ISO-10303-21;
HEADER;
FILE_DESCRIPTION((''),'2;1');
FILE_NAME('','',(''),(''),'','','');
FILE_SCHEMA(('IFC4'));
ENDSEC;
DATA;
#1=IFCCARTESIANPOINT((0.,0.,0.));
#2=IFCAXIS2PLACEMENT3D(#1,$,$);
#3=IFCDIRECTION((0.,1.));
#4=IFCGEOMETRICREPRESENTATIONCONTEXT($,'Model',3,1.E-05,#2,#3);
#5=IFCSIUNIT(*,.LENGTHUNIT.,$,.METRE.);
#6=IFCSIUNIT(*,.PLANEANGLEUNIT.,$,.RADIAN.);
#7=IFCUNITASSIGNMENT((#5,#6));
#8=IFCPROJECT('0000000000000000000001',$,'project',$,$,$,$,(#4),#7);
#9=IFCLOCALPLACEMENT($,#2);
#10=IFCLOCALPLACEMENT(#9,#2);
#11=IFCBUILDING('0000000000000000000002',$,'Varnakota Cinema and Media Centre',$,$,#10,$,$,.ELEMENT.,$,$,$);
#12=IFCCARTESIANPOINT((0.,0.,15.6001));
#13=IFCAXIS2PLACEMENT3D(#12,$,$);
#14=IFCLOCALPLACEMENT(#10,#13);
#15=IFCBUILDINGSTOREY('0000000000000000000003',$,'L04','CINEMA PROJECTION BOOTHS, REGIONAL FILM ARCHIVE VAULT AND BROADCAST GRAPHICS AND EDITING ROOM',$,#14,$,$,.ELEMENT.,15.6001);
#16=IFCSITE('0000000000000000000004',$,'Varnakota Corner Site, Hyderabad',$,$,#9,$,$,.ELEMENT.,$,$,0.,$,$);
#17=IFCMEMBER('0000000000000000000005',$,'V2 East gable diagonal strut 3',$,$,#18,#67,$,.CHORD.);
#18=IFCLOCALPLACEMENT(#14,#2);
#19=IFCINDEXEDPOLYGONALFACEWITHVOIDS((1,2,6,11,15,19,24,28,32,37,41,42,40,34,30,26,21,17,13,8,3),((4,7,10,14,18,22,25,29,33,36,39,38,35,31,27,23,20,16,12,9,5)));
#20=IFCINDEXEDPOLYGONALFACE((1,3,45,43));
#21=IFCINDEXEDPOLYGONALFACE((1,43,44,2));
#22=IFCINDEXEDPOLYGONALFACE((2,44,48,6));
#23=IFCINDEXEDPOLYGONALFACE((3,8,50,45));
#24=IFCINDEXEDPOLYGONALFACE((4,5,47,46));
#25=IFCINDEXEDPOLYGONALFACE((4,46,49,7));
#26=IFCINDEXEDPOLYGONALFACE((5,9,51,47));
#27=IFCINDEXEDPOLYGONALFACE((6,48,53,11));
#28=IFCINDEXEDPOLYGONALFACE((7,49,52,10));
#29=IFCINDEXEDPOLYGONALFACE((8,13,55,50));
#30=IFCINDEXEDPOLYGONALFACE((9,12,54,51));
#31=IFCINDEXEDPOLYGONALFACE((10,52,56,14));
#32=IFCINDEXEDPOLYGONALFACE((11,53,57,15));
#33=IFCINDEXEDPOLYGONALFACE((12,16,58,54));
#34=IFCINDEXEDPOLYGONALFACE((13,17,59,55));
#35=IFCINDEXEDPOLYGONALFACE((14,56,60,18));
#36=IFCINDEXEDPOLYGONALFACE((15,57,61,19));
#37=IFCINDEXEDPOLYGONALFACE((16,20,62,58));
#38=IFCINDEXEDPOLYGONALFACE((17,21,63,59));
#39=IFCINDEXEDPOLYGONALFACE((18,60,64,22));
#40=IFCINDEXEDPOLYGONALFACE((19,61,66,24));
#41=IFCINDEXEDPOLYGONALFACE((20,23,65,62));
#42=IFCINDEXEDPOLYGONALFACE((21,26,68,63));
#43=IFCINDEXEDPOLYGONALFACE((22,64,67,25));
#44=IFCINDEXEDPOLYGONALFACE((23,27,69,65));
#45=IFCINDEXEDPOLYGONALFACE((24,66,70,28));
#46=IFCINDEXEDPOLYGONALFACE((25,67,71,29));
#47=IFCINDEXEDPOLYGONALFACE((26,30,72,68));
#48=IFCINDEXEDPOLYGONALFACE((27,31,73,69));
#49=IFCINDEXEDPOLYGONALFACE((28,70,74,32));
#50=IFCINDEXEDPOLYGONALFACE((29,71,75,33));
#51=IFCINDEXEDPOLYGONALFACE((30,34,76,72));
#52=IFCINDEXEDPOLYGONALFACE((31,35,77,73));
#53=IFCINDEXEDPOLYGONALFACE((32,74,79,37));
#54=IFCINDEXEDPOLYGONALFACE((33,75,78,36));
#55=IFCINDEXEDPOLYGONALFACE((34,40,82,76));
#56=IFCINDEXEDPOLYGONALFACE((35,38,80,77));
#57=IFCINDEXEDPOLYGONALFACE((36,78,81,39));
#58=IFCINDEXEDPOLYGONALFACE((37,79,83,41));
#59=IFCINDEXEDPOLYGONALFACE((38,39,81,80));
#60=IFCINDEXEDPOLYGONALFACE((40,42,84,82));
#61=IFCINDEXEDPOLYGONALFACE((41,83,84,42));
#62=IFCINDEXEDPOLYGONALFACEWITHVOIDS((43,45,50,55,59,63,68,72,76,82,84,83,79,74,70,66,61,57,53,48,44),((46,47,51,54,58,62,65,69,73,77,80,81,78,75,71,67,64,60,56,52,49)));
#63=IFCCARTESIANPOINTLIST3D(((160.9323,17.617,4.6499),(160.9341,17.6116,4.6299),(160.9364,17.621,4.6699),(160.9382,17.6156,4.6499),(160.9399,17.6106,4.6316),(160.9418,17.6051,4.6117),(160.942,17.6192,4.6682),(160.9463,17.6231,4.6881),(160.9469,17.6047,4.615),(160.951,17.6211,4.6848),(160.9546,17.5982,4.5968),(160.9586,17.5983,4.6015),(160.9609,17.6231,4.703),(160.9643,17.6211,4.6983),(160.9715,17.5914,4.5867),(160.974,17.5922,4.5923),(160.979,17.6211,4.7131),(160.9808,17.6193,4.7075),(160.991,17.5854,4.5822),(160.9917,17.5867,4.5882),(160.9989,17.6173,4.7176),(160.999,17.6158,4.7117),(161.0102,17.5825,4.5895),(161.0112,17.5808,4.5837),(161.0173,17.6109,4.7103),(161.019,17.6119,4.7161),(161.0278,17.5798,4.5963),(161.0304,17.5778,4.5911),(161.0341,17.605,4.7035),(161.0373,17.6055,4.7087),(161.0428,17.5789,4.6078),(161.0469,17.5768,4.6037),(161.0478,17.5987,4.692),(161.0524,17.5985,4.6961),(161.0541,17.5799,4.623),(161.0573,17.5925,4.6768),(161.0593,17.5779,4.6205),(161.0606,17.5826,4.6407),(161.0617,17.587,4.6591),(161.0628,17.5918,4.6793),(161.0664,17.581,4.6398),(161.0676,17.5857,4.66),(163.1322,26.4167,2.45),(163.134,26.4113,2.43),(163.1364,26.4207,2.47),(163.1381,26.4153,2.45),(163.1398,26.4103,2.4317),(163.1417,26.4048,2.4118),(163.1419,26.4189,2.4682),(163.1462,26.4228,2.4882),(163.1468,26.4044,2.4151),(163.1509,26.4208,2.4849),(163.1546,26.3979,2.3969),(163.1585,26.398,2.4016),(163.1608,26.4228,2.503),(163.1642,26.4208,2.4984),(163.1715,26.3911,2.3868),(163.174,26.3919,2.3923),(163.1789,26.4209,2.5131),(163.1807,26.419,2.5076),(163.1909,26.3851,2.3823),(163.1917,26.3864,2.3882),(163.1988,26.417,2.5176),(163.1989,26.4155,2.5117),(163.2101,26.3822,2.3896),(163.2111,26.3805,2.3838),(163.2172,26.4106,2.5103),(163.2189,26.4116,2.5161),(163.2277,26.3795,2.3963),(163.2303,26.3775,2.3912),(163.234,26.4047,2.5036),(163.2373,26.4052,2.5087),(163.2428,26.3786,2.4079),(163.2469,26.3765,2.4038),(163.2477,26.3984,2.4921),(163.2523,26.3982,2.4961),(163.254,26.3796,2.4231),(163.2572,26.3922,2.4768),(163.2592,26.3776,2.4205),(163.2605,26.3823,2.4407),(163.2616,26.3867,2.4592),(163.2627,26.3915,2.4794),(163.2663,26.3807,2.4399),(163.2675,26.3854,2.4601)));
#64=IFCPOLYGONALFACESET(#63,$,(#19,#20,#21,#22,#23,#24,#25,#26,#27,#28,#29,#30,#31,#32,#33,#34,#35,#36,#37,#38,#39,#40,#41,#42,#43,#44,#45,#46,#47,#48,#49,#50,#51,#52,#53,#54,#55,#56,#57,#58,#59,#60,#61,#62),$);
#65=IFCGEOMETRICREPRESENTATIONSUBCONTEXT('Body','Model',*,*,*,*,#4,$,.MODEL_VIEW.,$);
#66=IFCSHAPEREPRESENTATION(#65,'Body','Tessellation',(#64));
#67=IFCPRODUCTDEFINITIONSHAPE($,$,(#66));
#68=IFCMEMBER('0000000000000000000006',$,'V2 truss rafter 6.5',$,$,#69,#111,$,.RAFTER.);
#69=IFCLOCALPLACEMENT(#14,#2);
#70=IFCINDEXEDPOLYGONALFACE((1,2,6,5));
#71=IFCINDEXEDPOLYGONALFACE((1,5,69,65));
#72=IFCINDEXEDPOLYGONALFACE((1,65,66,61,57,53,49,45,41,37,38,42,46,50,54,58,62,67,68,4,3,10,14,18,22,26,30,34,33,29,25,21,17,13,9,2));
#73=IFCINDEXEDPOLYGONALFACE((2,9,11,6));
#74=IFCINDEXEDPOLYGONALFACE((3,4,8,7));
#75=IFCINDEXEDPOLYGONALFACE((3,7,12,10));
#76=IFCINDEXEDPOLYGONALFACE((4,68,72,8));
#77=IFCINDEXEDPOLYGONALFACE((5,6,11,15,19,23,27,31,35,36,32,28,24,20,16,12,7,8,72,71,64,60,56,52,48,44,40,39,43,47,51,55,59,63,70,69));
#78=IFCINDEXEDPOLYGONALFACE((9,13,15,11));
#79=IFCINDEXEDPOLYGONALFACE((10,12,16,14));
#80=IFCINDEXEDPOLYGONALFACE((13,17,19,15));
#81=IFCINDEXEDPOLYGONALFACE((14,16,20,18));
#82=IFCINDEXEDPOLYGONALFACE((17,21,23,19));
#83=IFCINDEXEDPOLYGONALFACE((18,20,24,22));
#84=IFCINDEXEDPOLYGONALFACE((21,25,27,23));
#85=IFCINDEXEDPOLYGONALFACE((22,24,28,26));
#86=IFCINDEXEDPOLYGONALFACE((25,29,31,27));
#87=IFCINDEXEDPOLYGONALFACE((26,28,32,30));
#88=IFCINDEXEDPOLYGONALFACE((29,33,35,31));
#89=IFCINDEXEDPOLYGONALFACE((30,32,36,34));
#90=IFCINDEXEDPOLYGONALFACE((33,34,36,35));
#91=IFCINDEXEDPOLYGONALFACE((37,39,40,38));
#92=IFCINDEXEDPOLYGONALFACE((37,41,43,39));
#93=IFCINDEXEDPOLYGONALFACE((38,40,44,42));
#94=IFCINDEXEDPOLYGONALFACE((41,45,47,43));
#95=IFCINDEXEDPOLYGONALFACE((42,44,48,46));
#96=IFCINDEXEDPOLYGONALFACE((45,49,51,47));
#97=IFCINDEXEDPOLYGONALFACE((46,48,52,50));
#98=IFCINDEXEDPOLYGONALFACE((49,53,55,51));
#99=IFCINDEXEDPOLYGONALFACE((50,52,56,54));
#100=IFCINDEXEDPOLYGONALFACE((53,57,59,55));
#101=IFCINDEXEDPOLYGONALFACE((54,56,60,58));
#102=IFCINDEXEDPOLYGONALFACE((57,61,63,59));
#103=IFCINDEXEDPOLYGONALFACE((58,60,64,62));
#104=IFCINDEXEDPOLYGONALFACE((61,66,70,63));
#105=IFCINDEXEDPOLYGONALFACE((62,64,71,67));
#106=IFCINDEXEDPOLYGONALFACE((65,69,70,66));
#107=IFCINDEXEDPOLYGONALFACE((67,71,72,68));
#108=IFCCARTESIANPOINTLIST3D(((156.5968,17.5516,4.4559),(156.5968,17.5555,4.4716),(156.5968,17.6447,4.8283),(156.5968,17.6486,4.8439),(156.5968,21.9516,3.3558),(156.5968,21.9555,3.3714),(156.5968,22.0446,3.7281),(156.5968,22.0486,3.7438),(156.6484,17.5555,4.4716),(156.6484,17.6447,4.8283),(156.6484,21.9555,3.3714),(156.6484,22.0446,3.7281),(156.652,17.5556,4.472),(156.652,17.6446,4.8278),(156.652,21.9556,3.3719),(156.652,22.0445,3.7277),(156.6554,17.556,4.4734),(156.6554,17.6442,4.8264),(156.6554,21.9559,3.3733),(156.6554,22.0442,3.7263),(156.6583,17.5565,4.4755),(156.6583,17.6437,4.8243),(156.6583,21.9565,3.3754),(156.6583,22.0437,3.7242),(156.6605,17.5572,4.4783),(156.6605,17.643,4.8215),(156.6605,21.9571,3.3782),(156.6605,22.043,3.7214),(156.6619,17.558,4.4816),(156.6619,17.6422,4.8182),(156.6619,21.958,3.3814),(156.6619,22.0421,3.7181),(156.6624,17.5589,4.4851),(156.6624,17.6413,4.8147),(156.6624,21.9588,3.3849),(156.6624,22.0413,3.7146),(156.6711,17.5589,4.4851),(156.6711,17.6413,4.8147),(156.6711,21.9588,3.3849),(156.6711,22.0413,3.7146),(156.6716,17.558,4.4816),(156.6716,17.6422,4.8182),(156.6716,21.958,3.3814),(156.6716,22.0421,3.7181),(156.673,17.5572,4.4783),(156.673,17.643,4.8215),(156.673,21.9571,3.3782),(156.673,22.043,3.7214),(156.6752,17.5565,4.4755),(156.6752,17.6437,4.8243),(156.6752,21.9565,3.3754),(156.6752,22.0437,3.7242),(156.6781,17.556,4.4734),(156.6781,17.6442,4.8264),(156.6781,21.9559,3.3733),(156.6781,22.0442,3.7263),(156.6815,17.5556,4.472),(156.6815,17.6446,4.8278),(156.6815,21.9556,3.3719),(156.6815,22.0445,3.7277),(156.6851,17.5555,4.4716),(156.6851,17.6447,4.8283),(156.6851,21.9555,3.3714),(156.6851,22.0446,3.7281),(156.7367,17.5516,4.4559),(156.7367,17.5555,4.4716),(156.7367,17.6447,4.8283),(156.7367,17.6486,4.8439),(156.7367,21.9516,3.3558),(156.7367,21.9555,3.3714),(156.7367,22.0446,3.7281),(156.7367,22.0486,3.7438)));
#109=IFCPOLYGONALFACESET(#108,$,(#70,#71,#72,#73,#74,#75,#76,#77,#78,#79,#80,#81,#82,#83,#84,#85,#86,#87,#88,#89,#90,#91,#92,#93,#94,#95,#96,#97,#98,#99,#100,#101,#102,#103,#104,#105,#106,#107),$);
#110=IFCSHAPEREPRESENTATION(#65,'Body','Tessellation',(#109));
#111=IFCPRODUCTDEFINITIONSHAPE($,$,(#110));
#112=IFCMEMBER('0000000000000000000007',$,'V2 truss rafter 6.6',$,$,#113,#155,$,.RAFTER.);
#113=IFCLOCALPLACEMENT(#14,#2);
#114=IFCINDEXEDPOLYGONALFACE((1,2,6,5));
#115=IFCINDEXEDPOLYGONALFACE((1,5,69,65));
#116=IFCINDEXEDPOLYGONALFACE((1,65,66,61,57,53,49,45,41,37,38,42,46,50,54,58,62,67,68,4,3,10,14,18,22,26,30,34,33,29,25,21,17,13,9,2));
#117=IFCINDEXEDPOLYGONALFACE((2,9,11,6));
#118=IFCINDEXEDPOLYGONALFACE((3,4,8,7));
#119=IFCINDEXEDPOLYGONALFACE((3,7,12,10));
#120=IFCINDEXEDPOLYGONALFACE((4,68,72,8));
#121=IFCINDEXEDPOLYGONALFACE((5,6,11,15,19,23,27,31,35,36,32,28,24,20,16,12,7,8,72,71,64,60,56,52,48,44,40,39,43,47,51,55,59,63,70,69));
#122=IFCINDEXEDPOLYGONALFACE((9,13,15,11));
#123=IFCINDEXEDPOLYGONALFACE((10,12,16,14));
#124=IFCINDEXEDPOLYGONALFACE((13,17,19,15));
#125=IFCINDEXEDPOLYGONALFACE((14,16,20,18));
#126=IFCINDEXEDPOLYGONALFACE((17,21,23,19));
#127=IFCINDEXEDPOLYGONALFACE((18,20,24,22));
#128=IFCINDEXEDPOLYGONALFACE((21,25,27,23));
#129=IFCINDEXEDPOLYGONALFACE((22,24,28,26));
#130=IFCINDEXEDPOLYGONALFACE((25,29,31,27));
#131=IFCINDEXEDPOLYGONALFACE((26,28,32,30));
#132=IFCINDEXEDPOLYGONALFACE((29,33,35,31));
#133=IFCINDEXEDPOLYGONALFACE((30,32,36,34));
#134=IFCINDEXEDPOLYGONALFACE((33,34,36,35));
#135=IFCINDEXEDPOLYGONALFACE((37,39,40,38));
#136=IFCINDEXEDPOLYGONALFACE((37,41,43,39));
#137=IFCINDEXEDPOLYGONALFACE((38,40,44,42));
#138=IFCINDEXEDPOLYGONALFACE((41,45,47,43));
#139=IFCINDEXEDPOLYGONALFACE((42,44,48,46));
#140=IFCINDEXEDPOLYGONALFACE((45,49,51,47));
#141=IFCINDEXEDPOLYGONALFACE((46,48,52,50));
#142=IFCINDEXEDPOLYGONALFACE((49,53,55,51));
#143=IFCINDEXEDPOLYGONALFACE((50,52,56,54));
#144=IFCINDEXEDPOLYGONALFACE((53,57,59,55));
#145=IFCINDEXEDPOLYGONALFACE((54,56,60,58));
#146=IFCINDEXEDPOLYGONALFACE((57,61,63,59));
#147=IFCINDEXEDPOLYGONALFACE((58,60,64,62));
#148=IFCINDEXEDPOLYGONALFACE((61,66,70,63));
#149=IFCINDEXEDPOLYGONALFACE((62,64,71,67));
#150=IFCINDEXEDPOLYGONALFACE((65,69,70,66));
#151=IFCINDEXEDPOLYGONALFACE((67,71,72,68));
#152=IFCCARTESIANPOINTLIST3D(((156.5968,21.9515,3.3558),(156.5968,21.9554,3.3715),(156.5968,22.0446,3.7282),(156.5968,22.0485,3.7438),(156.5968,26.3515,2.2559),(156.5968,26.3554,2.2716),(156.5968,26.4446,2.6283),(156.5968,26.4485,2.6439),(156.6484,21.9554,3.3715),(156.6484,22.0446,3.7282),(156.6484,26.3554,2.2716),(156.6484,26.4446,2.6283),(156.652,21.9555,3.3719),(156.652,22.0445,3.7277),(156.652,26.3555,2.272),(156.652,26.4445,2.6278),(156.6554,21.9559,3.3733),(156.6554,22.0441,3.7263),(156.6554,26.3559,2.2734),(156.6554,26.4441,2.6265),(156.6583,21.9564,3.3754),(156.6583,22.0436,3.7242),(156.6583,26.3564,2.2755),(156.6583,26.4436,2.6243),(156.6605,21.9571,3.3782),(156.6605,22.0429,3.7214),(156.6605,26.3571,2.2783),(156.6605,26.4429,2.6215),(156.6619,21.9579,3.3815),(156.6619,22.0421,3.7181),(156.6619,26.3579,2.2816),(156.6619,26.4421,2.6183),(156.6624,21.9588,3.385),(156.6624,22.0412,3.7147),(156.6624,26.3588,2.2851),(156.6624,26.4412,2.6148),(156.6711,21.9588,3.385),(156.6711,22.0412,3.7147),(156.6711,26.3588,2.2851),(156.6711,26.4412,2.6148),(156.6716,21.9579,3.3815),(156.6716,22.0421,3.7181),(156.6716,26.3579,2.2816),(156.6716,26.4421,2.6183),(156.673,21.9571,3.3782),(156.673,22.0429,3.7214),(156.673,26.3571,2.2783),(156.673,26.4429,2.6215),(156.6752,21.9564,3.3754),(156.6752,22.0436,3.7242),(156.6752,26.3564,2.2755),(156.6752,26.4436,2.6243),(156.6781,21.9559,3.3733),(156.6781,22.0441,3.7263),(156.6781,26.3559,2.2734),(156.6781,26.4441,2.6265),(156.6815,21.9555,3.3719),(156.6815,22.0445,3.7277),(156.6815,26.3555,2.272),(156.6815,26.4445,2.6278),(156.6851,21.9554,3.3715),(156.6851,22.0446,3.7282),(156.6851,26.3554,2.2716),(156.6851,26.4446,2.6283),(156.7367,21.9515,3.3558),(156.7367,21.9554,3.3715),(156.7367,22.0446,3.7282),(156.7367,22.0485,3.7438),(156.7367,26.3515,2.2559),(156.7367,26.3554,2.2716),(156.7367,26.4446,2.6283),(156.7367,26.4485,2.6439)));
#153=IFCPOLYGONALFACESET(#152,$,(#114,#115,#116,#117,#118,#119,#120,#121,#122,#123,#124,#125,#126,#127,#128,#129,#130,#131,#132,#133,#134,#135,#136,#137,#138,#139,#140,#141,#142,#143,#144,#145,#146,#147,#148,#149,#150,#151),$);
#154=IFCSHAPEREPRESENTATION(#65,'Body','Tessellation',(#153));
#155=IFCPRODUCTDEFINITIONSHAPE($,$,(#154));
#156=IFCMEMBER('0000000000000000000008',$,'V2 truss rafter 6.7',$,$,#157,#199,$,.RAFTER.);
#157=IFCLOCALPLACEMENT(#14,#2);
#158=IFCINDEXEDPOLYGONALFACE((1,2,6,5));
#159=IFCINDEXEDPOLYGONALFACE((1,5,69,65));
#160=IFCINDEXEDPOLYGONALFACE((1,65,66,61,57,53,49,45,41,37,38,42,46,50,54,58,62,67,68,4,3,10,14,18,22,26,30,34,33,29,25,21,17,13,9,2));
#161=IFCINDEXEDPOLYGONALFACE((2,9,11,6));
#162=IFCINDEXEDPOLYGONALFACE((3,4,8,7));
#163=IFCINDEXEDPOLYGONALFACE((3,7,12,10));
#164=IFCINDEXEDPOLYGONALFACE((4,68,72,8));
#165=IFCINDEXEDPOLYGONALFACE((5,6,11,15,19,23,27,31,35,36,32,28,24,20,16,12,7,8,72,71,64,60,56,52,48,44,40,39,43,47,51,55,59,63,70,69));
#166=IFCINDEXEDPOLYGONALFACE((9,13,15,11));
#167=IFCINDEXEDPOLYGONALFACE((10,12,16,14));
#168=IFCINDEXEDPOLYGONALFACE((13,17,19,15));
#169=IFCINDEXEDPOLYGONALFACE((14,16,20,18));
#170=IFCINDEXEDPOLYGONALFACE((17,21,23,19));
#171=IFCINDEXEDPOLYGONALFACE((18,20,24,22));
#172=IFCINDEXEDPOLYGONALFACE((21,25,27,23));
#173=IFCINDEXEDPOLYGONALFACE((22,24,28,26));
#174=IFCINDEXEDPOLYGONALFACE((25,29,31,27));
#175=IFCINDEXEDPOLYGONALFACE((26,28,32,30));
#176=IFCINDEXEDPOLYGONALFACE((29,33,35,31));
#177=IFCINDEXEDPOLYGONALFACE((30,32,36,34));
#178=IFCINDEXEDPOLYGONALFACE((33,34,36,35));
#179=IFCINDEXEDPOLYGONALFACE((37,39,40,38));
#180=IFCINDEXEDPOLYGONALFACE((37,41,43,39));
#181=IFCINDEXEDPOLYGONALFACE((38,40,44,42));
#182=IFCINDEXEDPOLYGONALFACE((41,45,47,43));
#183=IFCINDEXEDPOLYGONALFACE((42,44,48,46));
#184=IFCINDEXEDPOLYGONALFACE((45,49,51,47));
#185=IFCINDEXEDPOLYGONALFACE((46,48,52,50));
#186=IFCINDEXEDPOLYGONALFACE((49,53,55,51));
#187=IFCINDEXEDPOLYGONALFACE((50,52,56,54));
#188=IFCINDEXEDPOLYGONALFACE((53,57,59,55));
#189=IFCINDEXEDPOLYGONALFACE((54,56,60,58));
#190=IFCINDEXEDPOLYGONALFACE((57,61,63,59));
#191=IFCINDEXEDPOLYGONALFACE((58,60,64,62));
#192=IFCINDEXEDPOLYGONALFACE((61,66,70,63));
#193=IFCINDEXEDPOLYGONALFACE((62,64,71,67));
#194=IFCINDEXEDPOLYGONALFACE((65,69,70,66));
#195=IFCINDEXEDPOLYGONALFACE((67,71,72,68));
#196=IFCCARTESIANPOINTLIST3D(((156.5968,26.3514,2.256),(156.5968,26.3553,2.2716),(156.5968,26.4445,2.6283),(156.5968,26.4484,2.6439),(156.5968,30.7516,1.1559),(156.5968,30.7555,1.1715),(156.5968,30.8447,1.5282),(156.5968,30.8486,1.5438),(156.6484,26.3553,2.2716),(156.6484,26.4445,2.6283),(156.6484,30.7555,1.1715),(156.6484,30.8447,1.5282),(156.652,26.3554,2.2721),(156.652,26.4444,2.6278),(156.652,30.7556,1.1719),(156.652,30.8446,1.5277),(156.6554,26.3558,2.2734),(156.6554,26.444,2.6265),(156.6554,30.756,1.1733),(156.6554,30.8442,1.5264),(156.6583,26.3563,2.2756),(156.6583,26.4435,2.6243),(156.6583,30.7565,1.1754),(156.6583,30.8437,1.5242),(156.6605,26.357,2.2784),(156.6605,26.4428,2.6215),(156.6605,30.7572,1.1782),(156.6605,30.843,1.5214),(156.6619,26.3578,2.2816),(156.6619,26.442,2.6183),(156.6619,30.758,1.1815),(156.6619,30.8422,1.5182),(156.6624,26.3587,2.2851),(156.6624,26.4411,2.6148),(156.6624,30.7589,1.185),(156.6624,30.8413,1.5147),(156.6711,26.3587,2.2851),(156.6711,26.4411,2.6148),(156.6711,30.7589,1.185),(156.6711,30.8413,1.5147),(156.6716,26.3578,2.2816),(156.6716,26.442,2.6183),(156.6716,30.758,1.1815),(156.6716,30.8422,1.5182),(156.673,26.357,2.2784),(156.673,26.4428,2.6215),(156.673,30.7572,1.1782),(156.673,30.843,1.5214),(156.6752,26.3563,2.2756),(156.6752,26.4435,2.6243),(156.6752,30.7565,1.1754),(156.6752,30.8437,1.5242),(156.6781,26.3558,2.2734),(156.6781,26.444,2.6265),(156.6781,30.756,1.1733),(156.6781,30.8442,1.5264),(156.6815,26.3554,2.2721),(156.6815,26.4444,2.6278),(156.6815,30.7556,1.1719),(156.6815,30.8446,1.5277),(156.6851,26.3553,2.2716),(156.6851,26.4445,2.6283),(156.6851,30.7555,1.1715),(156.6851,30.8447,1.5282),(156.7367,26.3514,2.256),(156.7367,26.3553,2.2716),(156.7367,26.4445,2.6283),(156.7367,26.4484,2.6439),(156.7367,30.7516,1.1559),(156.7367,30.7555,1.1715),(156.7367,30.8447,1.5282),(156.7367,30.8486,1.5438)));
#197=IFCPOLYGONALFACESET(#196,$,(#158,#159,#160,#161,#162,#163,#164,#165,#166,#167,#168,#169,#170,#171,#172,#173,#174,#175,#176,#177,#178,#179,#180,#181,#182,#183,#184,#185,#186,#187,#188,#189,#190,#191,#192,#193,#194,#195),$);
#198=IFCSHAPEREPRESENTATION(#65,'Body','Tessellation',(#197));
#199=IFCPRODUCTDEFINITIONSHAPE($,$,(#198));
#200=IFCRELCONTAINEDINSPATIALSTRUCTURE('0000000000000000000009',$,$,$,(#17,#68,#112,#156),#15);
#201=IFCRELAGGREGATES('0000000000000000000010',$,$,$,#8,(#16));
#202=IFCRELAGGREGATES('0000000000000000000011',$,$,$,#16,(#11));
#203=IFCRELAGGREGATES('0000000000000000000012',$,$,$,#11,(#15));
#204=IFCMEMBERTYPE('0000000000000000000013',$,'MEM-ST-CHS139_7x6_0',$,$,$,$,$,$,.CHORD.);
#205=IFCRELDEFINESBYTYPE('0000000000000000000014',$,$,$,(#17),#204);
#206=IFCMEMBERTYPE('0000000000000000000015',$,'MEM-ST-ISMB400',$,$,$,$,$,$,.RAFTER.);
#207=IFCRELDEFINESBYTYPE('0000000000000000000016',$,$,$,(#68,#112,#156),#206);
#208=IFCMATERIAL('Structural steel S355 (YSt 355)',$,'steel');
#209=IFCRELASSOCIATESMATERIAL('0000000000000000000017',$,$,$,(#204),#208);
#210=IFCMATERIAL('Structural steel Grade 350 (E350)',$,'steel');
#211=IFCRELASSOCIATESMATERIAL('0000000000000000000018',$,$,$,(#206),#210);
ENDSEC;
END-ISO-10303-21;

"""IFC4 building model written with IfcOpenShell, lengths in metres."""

from ifc_helpers import new_model, si_unit, direction, frame, origin, origin_2d, place, context, subcontext, project, spatial, hollow_circle, i_section, extrude, material, material_profile, profile_set, type_object, element, save


model = new_model("IFC4")

# Units and contexts
model_context = context("Model", 3, precision=1e-05, world=origin(), true_north=direction((0.0, 1.0)))
body_context = subcontext(model_context, "Body", "Model", "MODEL_VIEW")
ifc_project = project(units=[si_unit("LENGTHUNIT", "METRE"), si_unit("PLANEANGLEUNIT", "RADIAN")], contexts=[model_context])

# Site, building, storey
site_placement = place(None, origin())
site = spatial("IfcSite", under=ifc_project, at=site_placement, Name="Varnakota Corner Site, Hyderabad", CompositionType="ELEMENT", RefElevation=0.0)
building_placement = place(site_placement, origin())
building = spatial("IfcBuilding", under=site, at=building_placement, Name="Varnakota Cinema and Media Centre", CompositionType="ELEMENT")
storey_placement = place(building_placement, frame((0.0, 0.0, 15.6001)))
storey = spatial("IfcBuildingStorey", under=building, at=storey_placement, Name="L04", Description="CINEMA PROJECTION BOOTHS, REGIONAL FILM ARCHIVE VAULT AND BROADCAST GRAPHICS AND EDITING ROOM", CompositionType="ELEMENT", Elevation=15.6001)

# Members
ifc_material_1 = material(Name="Structural steel S355 (YSt 355)", Category="steel")
ifc_material_profile_1 = material_profile(ifc_material_1, hollow_circle(Radius=0.0698, WallThickness=0.0061, at=origin_2d()), Name="CHS 139.7x6.0")
ifc_profile_set_1 = profile_set([ifc_material_profile_1], Name="Structural steel S355 (YSt 355)")
member_type_1 = type_object("IfcMemberType", Name="MEM-ST-CHS139_7x6_0", PredefinedType="CHORD", material=ifc_profile_set_1)
member_1_placement = place(storey_placement, frame((161.0, 17.6001, 4.6499), z_axis=(0.235702, 0.942809, -0.235702), x_axis=(-0.970143, 0.242536, 0.0)))
element("IfcMember", 1, at=member_1_placement, inside=storey, type_object=member_type_1, Name="V2 East gable diagonal strut 3", PredefinedType="CHORD", context=body_context, shape_type="SweptSolid", body=[
    extrude(hollow_circle(Radius=0.0698, WallThickness=0.0061, at=origin_2d()), origin(), (0.0, 0.0, 1.0), 9.3335),
])
ifc_material_2 = material(Name="Structural steel Grade 350 (E350)", Category="steel")
ifc_material_profile_2 = material_profile(ifc_material_2, i_section(OverallWidth=0.1399, OverallDepth=0.3999, WebThickness=0.0088, FlangeThickness=0.0161, FilletRadius=0.0139, at=origin_2d()), Name="ISMB 400")
ifc_profile_set_2 = profile_set([ifc_material_profile_2], Name="Structural steel Grade 350 (E350)")
member_type_2 = type_object("IfcMemberType", Name="MEM-ST-ISMB400", PredefinedType="RAFTER", material=ifc_profile_set_2)
for number, where, z_axis, x_axis, name in (
    (2, (156.6667, 17.6001, 4.6499), (0.0, 0.970136, -0.242561), (-1.0, 0.0, 0.0), "V2 truss rafter 6.5"),
    (3, (156.6667, 22.0, 3.5498), (0.0, 0.970149, -0.24251), (-1.0, 0.0, 0.0), "V2 truss rafter 6.6"),
):
    element("IfcMember", number, at=place(storey_placement, frame(where, z_axis=z_axis, x_axis=x_axis)), inside=storey, type_object=member_type_2, Name=name, PredefinedType="RAFTER", context=body_context, shape_type="SweptSolid", body=[
        extrude(i_section(OverallWidth=0.1399, OverallDepth=0.3999, WebThickness=0.0088, FlangeThickness=0.0161, FilletRadius=0.0139, at=origin_2d()), origin(), (0.0, 0.0, 1.0), 4.5354),
    ])
member_2_placement = place(storey_placement, frame((156.6667, 26.3999, 2.45), z_axis=(0.0, 0.970139, -0.242548), x_axis=(-1.0, 0.0, 0.0)))
element("IfcMember", 4, at=member_2_placement, inside=storey, type_object=member_type_2, Name="V2 truss rafter 6.7", PredefinedType="RAFTER", context=body_context, shape_type="SweptSolid", body=[
    extrude(i_section(OverallWidth=0.1399, OverallDepth=0.3999, WebThickness=0.0088, FlangeThickness=0.0161, FilletRadius=0.0139, at=origin_2d()), origin(), (0.0, 0.0, 1.0), 4.5356),
])

save(model, "model.ifc")
